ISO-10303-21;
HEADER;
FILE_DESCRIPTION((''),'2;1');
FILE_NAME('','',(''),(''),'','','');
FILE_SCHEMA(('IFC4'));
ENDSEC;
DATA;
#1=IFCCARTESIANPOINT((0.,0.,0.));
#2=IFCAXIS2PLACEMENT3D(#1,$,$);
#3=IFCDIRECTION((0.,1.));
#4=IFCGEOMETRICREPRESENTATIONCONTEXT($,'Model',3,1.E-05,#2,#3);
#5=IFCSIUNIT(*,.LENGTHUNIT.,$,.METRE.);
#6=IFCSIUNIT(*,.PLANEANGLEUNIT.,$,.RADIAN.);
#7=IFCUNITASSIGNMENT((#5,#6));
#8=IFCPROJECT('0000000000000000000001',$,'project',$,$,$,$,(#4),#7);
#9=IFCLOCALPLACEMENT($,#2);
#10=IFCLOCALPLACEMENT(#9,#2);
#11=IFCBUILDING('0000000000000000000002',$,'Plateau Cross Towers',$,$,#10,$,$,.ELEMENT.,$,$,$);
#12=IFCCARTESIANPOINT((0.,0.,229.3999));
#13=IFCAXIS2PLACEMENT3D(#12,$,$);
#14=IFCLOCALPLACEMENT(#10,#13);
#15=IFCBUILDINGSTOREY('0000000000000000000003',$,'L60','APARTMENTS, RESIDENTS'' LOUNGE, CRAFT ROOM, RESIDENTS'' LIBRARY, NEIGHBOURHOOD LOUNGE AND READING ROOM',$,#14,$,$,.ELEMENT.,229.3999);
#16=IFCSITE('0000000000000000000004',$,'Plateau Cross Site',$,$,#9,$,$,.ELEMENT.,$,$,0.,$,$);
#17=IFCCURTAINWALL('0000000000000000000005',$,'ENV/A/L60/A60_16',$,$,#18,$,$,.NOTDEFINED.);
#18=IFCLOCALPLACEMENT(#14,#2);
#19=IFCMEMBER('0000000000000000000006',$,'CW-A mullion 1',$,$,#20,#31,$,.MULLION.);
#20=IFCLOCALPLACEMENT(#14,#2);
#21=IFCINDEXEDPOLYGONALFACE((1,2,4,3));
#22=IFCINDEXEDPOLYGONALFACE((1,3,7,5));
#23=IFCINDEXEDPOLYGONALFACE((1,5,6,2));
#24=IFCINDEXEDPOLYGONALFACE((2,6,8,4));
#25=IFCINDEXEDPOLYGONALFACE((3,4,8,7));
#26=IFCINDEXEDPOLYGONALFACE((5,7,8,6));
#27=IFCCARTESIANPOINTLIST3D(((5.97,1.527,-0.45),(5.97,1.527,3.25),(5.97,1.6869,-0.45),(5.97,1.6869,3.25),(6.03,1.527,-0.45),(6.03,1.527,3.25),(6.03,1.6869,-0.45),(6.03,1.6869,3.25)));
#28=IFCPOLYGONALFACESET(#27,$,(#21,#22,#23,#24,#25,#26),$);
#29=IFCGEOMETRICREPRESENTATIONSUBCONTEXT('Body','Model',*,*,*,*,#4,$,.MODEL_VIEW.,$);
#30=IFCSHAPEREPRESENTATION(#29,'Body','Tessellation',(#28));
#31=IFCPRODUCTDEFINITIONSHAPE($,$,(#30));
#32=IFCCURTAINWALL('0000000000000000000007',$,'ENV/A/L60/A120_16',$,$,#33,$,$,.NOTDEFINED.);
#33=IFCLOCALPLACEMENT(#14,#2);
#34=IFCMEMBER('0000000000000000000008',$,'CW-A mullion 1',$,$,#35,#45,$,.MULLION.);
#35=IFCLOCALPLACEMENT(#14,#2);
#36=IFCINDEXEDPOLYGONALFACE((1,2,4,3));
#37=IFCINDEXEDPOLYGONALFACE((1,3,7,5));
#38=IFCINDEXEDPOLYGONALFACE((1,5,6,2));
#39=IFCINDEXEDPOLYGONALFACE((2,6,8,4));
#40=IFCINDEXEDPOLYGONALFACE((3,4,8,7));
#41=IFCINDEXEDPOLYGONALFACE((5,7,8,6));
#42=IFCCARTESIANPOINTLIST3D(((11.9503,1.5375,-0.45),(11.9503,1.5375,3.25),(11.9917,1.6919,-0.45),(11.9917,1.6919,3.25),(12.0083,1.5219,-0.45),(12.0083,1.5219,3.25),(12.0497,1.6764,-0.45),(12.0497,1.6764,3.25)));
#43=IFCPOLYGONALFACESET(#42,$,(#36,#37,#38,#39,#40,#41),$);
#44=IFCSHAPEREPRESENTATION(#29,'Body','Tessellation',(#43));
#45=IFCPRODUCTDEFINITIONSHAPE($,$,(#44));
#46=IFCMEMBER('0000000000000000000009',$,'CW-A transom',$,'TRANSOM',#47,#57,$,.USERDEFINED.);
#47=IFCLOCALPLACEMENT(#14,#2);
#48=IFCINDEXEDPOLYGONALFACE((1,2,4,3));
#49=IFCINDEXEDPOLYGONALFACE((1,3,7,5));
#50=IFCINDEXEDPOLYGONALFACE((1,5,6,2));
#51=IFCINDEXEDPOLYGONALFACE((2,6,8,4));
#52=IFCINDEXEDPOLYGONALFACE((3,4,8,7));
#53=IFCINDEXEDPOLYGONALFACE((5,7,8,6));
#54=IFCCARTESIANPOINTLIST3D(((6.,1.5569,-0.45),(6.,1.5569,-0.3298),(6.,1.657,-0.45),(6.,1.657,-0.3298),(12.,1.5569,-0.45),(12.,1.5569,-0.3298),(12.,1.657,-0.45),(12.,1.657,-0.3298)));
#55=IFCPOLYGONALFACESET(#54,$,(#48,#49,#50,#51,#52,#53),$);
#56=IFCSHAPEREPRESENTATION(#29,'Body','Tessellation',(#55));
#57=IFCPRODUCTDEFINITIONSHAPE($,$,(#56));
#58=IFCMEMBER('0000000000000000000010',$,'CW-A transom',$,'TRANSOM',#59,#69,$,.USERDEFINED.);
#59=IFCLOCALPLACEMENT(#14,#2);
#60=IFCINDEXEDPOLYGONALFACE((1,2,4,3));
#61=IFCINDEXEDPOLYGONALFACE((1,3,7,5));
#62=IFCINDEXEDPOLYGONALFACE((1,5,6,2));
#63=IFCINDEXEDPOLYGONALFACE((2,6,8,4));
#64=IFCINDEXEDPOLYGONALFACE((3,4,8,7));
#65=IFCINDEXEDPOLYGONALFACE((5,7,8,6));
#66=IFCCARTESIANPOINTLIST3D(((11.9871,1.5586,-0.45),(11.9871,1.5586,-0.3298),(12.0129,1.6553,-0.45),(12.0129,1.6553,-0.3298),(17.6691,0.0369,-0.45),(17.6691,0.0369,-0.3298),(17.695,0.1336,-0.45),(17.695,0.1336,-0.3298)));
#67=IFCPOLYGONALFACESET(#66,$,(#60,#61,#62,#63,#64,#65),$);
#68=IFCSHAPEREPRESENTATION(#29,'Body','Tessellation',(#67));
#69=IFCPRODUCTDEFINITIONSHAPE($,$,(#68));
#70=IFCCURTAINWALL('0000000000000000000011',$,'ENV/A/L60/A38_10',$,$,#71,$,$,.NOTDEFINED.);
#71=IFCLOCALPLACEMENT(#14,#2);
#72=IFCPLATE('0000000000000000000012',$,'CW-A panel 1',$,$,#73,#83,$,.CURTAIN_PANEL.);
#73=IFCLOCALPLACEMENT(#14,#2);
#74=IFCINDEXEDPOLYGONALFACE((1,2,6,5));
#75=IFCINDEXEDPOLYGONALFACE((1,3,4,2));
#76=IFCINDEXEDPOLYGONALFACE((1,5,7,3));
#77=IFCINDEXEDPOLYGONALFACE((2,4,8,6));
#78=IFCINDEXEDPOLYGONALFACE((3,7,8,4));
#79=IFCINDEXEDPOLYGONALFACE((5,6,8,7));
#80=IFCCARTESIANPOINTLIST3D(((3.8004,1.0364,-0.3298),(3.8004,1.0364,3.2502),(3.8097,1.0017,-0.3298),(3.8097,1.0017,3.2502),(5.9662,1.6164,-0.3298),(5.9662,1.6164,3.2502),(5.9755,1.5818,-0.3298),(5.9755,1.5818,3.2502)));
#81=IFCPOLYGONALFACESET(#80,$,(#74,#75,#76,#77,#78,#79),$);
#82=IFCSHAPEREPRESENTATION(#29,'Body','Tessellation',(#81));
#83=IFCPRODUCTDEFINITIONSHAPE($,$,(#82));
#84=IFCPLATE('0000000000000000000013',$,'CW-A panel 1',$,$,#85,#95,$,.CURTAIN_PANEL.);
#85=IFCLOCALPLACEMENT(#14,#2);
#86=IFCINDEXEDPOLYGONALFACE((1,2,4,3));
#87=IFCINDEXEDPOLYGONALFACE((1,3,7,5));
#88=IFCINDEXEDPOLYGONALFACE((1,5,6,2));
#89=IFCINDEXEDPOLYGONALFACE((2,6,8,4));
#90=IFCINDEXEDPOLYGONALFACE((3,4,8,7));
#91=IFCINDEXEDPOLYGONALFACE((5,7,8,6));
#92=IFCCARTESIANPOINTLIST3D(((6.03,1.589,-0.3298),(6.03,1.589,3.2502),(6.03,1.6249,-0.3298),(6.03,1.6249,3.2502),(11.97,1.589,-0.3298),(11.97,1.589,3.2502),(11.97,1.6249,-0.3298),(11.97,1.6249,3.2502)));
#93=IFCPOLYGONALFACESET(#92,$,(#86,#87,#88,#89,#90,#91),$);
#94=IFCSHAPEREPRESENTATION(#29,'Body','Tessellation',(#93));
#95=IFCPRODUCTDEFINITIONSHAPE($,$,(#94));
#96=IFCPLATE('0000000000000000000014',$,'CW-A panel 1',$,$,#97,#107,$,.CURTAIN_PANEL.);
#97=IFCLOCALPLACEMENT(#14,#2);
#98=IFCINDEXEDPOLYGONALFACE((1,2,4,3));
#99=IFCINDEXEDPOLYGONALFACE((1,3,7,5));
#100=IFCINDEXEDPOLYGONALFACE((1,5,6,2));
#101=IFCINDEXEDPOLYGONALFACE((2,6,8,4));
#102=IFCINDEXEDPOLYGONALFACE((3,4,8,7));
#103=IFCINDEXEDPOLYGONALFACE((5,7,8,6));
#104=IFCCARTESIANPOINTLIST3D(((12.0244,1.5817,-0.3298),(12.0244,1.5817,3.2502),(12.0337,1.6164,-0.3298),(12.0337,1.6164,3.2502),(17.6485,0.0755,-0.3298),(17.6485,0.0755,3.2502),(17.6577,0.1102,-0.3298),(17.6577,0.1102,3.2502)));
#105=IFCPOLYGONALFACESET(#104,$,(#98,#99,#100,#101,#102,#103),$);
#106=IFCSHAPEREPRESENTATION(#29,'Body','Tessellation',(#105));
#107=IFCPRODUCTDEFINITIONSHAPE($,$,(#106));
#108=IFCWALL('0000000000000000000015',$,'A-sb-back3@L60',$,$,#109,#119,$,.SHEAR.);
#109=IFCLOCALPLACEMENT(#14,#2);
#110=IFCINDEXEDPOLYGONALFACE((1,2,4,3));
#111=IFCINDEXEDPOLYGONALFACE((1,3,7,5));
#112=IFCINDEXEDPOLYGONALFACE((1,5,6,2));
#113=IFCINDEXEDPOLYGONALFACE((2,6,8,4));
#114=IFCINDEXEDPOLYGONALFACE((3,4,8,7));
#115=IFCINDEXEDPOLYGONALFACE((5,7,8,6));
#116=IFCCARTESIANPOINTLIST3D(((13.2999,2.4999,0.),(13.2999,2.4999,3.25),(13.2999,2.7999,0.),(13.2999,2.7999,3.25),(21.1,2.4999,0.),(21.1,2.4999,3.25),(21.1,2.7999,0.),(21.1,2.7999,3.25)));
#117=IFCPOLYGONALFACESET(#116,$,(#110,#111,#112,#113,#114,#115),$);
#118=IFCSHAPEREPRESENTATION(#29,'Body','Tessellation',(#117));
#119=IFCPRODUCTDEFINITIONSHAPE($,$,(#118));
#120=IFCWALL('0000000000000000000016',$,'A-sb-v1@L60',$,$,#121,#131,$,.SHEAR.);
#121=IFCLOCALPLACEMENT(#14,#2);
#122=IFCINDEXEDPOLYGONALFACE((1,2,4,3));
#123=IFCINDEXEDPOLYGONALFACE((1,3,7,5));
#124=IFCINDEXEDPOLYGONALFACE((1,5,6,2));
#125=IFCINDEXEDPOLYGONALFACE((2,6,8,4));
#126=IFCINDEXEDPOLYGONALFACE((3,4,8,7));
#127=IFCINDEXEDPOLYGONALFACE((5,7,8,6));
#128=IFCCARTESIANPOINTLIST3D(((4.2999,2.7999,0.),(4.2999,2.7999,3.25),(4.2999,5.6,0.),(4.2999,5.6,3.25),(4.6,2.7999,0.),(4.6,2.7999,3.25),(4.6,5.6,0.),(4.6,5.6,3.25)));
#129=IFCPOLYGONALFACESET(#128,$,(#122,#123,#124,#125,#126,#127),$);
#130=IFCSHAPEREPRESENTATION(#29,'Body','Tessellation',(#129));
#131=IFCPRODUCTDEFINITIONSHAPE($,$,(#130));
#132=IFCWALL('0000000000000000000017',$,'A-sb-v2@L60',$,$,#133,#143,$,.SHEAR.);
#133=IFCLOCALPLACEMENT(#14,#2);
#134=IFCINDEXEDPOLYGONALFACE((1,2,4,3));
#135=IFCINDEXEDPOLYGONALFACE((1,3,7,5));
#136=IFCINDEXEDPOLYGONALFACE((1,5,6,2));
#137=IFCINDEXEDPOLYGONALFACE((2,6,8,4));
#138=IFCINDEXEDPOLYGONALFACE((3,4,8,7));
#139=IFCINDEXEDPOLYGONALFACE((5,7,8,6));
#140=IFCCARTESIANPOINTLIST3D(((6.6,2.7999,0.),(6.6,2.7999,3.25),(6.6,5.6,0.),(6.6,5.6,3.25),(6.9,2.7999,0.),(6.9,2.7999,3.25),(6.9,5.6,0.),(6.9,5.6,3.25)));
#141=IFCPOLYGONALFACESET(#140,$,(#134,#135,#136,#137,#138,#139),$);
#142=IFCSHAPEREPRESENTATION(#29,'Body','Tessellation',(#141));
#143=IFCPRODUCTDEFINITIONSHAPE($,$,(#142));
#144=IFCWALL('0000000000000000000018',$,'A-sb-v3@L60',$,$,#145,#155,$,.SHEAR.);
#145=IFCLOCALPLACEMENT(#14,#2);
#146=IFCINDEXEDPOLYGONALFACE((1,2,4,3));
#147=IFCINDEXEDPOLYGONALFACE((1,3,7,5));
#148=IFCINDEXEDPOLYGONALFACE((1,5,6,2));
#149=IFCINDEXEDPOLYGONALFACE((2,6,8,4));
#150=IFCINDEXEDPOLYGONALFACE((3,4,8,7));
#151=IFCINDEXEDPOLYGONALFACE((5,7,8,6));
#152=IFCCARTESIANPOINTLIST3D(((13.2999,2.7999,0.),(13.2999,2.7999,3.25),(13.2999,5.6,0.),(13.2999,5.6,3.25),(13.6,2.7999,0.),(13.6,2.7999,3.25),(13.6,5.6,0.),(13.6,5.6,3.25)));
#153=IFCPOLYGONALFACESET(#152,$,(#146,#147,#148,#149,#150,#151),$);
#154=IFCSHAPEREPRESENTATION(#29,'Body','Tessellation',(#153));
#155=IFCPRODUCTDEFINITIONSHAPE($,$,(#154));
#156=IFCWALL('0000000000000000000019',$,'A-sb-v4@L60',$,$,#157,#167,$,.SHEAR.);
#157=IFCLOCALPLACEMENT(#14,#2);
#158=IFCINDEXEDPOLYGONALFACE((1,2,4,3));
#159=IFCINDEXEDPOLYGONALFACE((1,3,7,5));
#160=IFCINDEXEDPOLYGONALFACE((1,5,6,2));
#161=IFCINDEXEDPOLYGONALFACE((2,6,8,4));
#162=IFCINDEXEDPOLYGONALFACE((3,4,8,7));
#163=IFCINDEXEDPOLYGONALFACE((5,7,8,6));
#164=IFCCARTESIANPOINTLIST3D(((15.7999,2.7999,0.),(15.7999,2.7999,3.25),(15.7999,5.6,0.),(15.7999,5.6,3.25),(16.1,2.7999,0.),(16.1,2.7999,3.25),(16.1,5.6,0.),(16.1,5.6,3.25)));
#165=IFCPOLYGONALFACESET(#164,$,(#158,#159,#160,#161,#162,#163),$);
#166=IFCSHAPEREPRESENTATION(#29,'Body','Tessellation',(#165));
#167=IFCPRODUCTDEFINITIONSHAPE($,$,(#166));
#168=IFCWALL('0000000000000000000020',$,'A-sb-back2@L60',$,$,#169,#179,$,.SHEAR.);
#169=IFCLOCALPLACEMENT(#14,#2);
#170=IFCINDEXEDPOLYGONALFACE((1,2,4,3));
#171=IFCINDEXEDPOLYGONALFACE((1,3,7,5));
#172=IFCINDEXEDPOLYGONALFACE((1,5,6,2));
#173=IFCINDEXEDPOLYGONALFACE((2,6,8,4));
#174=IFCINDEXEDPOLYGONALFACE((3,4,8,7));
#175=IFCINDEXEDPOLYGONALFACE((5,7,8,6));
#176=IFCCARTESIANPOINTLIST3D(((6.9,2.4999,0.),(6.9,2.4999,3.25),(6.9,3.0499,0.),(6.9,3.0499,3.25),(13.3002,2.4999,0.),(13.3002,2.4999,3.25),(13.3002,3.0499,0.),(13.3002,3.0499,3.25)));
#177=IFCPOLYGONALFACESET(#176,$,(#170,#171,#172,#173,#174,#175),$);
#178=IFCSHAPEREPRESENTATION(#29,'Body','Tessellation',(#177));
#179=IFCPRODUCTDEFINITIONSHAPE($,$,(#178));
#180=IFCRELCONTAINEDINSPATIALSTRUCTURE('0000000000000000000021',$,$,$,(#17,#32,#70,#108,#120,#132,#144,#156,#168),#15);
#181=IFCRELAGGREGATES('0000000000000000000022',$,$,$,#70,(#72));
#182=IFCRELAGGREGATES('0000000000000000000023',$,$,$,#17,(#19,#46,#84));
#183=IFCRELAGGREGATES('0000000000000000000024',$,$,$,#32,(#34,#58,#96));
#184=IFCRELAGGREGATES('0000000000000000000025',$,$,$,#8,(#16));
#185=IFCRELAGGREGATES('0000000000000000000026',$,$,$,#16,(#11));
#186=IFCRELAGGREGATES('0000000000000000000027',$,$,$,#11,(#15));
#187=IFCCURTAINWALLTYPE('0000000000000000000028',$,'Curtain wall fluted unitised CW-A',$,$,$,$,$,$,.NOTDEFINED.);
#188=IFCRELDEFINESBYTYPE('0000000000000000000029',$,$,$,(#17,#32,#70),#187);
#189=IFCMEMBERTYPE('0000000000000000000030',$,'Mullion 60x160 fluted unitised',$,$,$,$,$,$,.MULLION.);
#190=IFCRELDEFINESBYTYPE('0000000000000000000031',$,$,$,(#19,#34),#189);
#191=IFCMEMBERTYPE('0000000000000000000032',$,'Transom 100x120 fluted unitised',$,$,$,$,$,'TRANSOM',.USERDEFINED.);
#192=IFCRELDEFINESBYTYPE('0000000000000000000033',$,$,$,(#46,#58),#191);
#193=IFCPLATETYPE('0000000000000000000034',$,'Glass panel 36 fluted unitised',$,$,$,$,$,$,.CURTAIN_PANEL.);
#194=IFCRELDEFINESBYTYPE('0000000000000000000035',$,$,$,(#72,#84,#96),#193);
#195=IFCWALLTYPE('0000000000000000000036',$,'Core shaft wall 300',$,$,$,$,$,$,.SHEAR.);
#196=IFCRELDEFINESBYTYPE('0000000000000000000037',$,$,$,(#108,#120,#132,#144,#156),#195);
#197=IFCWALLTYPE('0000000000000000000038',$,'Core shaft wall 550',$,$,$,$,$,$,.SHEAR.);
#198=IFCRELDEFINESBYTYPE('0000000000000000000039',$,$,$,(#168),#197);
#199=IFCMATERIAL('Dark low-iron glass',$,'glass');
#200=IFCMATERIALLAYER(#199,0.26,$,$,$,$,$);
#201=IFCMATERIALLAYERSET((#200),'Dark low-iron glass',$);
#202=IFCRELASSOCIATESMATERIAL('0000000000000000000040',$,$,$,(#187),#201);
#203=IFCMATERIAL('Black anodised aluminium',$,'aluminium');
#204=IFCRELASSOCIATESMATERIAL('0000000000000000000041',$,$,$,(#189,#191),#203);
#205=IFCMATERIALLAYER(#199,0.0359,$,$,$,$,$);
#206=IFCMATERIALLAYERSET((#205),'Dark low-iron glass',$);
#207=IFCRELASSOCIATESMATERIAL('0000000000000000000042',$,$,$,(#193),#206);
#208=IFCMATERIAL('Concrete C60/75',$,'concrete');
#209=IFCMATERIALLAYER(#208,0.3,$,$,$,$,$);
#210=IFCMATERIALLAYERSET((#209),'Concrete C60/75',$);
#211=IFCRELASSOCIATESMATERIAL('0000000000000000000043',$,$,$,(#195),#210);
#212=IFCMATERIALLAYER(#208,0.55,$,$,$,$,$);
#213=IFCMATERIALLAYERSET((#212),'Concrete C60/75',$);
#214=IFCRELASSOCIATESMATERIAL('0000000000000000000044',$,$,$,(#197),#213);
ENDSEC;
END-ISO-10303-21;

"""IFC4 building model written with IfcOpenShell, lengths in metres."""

from ifc_helpers import new_model, si_unit, direction, frame, frame_2d, origin, origin_2d, place, context, subcontext, project, spatial, rectangle, extrude, material, layer, layer_set, material_profile, profile_set, type_object, element, aggregate, save


model = new_model("IFC4")

# Units and contexts
model_context = context("Model", 3, precision=1e-05, world=origin(), true_north=direction((0.0, 1.0)))
body_context = subcontext(model_context, "Body", "Model", "MODEL_VIEW")
ifc_project = project(units=[si_unit("LENGTHUNIT", "METRE"), si_unit("PLANEANGLEUNIT", "RADIAN")], contexts=[model_context])

# Site, building, storey
site_placement = place(None, origin())
site = spatial("IfcSite", under=ifc_project, at=site_placement, Name="Plateau Cross Site", CompositionType="ELEMENT", RefElevation=0.0)
building_placement = place(site_placement, origin())
building = spatial("IfcBuilding", under=site, at=building_placement, Name="Plateau Cross Towers", CompositionType="ELEMENT")
storey_placement = place(building_placement, frame((0.0, 0.0, 229.3999)))
storey = spatial("IfcBuildingStorey", under=building, at=storey_placement, Name="L60", Description="APARTMENTS, RESIDENTS' LOUNGE, CRAFT ROOM, RESIDENTS' LIBRARY, NEIGHBOURHOOD LOUNGE AND READING ROOM", CompositionType="ELEMENT", Elevation=229.3999)

# Curtain walls, members
ifc_material_1 = material(Name="Dark low-iron glass", Category="glass")
ifc_layer_1 = layer(ifc_material_1, 0.26)
ifc_layer_set_1 = layer_set([ifc_layer_1], Name="Dark low-iron glass")
curtain_wall_type = type_object("IfcCurtainWallType", Name="Curtain wall fluted unitised CW-A", PredefinedType="NOTDEFINED", material=ifc_layer_set_1)
curtain_wall_1_placement = place(storey_placement, origin())
curtain_wall_1 = element("IfcCurtainWall", 1, at=curtain_wall_1_placement, inside=storey, type_object=curtain_wall_type, Name="ENV/A/L60/A60_16", PredefinedType="NOTDEFINED")
ifc_material_2 = material(Name="Black anodised aluminium", Category="aluminium")
ifc_material_profile_1 = material_profile(ifc_material_2, rectangle(XDim=0.0601, YDim=0.1599, at=origin_2d()), Name="MULLION 60x160")
ifc_profile_set_1 = profile_set([ifc_material_profile_1], Name="Black anodised aluminium")
member_type_1 = type_object("IfcMemberType", Name="Mullion 60x160 fluted unitised", PredefinedType="MULLION", material=ifc_profile_set_1)
member_1_placement = place(storey_placement, frame((6.0, 1.6069, -0.45), z_axis=(0.0, 0.0, 1.0), x_axis=(1.0, 0.0, 0.0)))
member_1 = element("IfcMember", 2, at=member_1_placement, type_object=member_type_1, Name="CW-A mullion 1", PredefinedType="MULLION", context=body_context, shape_type="SweptSolid", body=[
    extrude(rectangle(XDim=0.0601, YDim=0.1599, at=origin_2d()), origin(), (0.0, 0.0, 1.0), 3.7),
])
curtain_wall_2_placement = place(storey_placement, origin())
curtain_wall_2 = element("IfcCurtainWall", 3, at=curtain_wall_2_placement, inside=storey, type_object=curtain_wall_type, Name="ENV/A/L60/A120_16", PredefinedType="NOTDEFINED")
member_2_placement = place(storey_placement, frame((12.0, 1.6069, -0.45), z_axis=(0.0, 0.0, 1.0), x_axis=(0.965958, -0.258699, 0.0)))
member_2 = element("IfcMember", 4, at=member_2_placement, type_object=member_type_1, Name="CW-A mullion 1", PredefinedType="MULLION", context=body_context, shape_type="SweptSolid", body=[
    extrude(rectangle(XDim=0.0601, YDim=0.1599, at=origin_2d()), origin(), (0.0, 0.0, 1.0), 3.7),
])

# Members
ifc_material_profile_2 = material_profile(ifc_material_2, rectangle(XDim=0.1001, YDim=0.1201, at=origin_2d()), Name="TRANSOM 100x120")
ifc_profile_set_2 = profile_set([ifc_material_profile_2], Name="Black anodised aluminium")
member_type_2 = type_object("IfcMemberType", Name="Transom 100x120 fluted unitised", ElementType="TRANSOM", PredefinedType="USERDEFINED", material=ifc_profile_set_2)
member_3_placement = place(storey_placement, frame((6.0, 1.6069, -0.3899), z_axis=(1.0, 0.0, 0.0), x_axis=(0.0, 1.0, 0.0)))
member_3 = element("IfcMember", 5, at=member_3_placement, type_object=member_type_2, Name="CW-A transom", ObjectType="TRANSOM", PredefinedType="USERDEFINED", context=body_context, shape_type="SweptSolid", body=[
    extrude(rectangle(XDim=0.1001, YDim=0.1201, at=origin_2d()), origin(), (0.0, 0.0, 1.0), 6.0),
])
member_4_placement = place(storey_placement, frame((12.0, 1.6069, -0.3899), z_axis=(0.96596, -0.258693, 0.0), x_axis=(0.258693, 0.96596, 0.0)))
member_4 = element("IfcMember", 6, at=member_4_placement, type_object=member_type_2, Name="CW-A transom", ObjectType="TRANSOM", PredefinedType="USERDEFINED", context=body_context, shape_type="SweptSolid", body=[
    extrude(rectangle(XDim=0.1001, YDim=0.1201, at=origin_2d()), origin(), (0.0, 0.0, 1.0), 5.8823),
])

# Curtain wall, plate
curtain_wall_3_placement = place(storey_placement, origin())
curtain_wall_3 = element("IfcCurtainWall", 7, at=curtain_wall_3_placement, inside=storey, type_object=curtain_wall_type, Name="ENV/A/L60/A38_10", PredefinedType="NOTDEFINED")
ifc_layer_2 = layer(ifc_material_1, 0.0359)
ifc_layer_set_2 = layer_set([ifc_layer_2], Name="Dark low-iron glass")
plate_type = type_object("IfcPlateType", Name="Glass panel 36 fluted unitised", PredefinedType="CURTAIN_PANEL", material=ifc_layer_set_2)
plate_1_placement = place(storey_placement, frame((4.8879, 1.3091, -0.3298), z_axis=(0.0, 0.0, 1.0), x_axis=(0.965958, 0.258699, 0.0)))
plate_1 = element("IfcPlate", 8, at=plate_1_placement, type_object=plate_type, Name="CW-A panel 1", PredefinedType="CURTAIN_PANEL", context=body_context, shape_type="SweptSolid", body=[
    extrude(rectangle(XDim=2.2422, YDim=0.0359, at=origin_2d()), origin(), (0.0, 0.0, 1.0), 3.5801),
])
aggregate(curtain_wall_3, [plate_1])

# Plates
plate_2_placement = place(storey_placement, frame((9.0, 1.6069, -0.3298), z_axis=(0.0, 0.0, 1.0), x_axis=(1.0, 0.0, 0.0)))
plate_2 = element("IfcPlate", 9, at=plate_2_placement, type_object=plate_type, Name="CW-A panel 1", PredefinedType="CURTAIN_PANEL", context=body_context, shape_type="SweptSolid", body=[
    extrude(rectangle(XDim=5.9399, YDim=0.0359, at=origin_2d()), origin(), (0.0, 0.0, 1.0), 3.5801),
])
aggregate(curtain_wall_1, [member_1, member_3, plate_2])
plate_3_placement = place(storey_placement, frame((14.8411, 0.8459, -0.3298), z_axis=(0.0, 0.0, 1.0), x_axis=(0.965958, -0.258699, 0.0)))
plate_3 = element("IfcPlate", 10, at=plate_3_placement, type_object=plate_type, Name="CW-A panel 1", PredefinedType="CURTAIN_PANEL", context=body_context, shape_type="SweptSolid", body=[
    extrude(rectangle(XDim=5.8223, YDim=0.0359, at=origin_2d()), origin(), (0.0, 0.0, 1.0), 3.5801),
])
aggregate(curtain_wall_2, [member_2, member_4, plate_3])

# Walls
ifc_material_3 = material(Name="Concrete C60/75", Category="concrete")
ifc_layer_3 = layer(ifc_material_3, 0.3)
ifc_layer_set_3 = layer_set([ifc_layer_3], Name="Concrete C60/75")
wall_type_1 = type_object("IfcWallType", Name="Core shaft wall 300", PredefinedType="SHEAR", material=ifc_layer_set_3)
wall_1_placement = place(storey_placement, frame((13.3, 2.6499, 0.0), z_axis=(0.0, 0.0, 1.0), x_axis=(1.0, 0.0, 0.0)))
element("IfcWall", 11, at=wall_1_placement, inside=storey, type_object=wall_type_1, Name="A-sb-back3@L60", PredefinedType="SHEAR", context=body_context, shape_type="SweptSolid", body=[
    extrude(rectangle(XDim=7.8, YDim=0.3, at=frame_2d((3.8999, 0.0))), origin(), (0.0, 0.0, 1.0), 3.25),
])
for number, where, z_axis, x_axis, name in (
    (12, (4.45, 2.8, 0.0), (0.0, 0.0, 1.0), (0.0, 1.0, 0.0), "A-sb-v1@L60"),
    (13, (6.75, 2.8, 0.0), (0.0, 0.0, 1.0), (0.0, 1.0, 0.0), "A-sb-v2@L60"),
    (14, (13.45, 2.8, 0.0), (0.0, 0.0, 1.0), (0.0, 1.0, 0.0), "A-sb-v3@L60"),
    (15, (15.95, 2.8, 0.0), (0.0, 0.0, 1.0), (0.0, 1.0, 0.0), "A-sb-v4@L60"),
):
    element("IfcWall", number, at=place(storey_placement, frame(where, z_axis=z_axis, x_axis=x_axis)), inside=storey, type_object=wall_type_1, Name=name, PredefinedType="SHEAR", context=body_context, shape_type="SweptSolid", body=[
        extrude(rectangle(XDim=2.8, YDim=0.3, at=frame_2d((1.3999, 0.0))), origin(), (0.0, 0.0, 1.0), 3.25),
    ])
ifc_layer_4 = layer(ifc_material_3, 0.55)
ifc_layer_set_4 = layer_set([ifc_layer_4], Name="Concrete C60/75")
wall_type_2 = type_object("IfcWallType", Name="Core shaft wall 550", PredefinedType="SHEAR", material=ifc_layer_set_4)
wall_2_placement = place(storey_placement, frame((6.8999, 2.7749, 0.0), z_axis=(0.0, 0.0, 1.0), x_axis=(1.0, 0.0, 0.0)))
element("IfcWall", 16, at=wall_2_placement, inside=storey, type_object=wall_type_2, Name="A-sb-back2@L60", PredefinedType="SHEAR", context=body_context, shape_type="SweptSolid", body=[
    extrude(rectangle(XDim=6.4001, YDim=0.55, at=frame_2d((3.2002, 0.0))), origin(), (0.0, 0.0, 1.0), 3.25),
])

save(model, "model.ifc")
